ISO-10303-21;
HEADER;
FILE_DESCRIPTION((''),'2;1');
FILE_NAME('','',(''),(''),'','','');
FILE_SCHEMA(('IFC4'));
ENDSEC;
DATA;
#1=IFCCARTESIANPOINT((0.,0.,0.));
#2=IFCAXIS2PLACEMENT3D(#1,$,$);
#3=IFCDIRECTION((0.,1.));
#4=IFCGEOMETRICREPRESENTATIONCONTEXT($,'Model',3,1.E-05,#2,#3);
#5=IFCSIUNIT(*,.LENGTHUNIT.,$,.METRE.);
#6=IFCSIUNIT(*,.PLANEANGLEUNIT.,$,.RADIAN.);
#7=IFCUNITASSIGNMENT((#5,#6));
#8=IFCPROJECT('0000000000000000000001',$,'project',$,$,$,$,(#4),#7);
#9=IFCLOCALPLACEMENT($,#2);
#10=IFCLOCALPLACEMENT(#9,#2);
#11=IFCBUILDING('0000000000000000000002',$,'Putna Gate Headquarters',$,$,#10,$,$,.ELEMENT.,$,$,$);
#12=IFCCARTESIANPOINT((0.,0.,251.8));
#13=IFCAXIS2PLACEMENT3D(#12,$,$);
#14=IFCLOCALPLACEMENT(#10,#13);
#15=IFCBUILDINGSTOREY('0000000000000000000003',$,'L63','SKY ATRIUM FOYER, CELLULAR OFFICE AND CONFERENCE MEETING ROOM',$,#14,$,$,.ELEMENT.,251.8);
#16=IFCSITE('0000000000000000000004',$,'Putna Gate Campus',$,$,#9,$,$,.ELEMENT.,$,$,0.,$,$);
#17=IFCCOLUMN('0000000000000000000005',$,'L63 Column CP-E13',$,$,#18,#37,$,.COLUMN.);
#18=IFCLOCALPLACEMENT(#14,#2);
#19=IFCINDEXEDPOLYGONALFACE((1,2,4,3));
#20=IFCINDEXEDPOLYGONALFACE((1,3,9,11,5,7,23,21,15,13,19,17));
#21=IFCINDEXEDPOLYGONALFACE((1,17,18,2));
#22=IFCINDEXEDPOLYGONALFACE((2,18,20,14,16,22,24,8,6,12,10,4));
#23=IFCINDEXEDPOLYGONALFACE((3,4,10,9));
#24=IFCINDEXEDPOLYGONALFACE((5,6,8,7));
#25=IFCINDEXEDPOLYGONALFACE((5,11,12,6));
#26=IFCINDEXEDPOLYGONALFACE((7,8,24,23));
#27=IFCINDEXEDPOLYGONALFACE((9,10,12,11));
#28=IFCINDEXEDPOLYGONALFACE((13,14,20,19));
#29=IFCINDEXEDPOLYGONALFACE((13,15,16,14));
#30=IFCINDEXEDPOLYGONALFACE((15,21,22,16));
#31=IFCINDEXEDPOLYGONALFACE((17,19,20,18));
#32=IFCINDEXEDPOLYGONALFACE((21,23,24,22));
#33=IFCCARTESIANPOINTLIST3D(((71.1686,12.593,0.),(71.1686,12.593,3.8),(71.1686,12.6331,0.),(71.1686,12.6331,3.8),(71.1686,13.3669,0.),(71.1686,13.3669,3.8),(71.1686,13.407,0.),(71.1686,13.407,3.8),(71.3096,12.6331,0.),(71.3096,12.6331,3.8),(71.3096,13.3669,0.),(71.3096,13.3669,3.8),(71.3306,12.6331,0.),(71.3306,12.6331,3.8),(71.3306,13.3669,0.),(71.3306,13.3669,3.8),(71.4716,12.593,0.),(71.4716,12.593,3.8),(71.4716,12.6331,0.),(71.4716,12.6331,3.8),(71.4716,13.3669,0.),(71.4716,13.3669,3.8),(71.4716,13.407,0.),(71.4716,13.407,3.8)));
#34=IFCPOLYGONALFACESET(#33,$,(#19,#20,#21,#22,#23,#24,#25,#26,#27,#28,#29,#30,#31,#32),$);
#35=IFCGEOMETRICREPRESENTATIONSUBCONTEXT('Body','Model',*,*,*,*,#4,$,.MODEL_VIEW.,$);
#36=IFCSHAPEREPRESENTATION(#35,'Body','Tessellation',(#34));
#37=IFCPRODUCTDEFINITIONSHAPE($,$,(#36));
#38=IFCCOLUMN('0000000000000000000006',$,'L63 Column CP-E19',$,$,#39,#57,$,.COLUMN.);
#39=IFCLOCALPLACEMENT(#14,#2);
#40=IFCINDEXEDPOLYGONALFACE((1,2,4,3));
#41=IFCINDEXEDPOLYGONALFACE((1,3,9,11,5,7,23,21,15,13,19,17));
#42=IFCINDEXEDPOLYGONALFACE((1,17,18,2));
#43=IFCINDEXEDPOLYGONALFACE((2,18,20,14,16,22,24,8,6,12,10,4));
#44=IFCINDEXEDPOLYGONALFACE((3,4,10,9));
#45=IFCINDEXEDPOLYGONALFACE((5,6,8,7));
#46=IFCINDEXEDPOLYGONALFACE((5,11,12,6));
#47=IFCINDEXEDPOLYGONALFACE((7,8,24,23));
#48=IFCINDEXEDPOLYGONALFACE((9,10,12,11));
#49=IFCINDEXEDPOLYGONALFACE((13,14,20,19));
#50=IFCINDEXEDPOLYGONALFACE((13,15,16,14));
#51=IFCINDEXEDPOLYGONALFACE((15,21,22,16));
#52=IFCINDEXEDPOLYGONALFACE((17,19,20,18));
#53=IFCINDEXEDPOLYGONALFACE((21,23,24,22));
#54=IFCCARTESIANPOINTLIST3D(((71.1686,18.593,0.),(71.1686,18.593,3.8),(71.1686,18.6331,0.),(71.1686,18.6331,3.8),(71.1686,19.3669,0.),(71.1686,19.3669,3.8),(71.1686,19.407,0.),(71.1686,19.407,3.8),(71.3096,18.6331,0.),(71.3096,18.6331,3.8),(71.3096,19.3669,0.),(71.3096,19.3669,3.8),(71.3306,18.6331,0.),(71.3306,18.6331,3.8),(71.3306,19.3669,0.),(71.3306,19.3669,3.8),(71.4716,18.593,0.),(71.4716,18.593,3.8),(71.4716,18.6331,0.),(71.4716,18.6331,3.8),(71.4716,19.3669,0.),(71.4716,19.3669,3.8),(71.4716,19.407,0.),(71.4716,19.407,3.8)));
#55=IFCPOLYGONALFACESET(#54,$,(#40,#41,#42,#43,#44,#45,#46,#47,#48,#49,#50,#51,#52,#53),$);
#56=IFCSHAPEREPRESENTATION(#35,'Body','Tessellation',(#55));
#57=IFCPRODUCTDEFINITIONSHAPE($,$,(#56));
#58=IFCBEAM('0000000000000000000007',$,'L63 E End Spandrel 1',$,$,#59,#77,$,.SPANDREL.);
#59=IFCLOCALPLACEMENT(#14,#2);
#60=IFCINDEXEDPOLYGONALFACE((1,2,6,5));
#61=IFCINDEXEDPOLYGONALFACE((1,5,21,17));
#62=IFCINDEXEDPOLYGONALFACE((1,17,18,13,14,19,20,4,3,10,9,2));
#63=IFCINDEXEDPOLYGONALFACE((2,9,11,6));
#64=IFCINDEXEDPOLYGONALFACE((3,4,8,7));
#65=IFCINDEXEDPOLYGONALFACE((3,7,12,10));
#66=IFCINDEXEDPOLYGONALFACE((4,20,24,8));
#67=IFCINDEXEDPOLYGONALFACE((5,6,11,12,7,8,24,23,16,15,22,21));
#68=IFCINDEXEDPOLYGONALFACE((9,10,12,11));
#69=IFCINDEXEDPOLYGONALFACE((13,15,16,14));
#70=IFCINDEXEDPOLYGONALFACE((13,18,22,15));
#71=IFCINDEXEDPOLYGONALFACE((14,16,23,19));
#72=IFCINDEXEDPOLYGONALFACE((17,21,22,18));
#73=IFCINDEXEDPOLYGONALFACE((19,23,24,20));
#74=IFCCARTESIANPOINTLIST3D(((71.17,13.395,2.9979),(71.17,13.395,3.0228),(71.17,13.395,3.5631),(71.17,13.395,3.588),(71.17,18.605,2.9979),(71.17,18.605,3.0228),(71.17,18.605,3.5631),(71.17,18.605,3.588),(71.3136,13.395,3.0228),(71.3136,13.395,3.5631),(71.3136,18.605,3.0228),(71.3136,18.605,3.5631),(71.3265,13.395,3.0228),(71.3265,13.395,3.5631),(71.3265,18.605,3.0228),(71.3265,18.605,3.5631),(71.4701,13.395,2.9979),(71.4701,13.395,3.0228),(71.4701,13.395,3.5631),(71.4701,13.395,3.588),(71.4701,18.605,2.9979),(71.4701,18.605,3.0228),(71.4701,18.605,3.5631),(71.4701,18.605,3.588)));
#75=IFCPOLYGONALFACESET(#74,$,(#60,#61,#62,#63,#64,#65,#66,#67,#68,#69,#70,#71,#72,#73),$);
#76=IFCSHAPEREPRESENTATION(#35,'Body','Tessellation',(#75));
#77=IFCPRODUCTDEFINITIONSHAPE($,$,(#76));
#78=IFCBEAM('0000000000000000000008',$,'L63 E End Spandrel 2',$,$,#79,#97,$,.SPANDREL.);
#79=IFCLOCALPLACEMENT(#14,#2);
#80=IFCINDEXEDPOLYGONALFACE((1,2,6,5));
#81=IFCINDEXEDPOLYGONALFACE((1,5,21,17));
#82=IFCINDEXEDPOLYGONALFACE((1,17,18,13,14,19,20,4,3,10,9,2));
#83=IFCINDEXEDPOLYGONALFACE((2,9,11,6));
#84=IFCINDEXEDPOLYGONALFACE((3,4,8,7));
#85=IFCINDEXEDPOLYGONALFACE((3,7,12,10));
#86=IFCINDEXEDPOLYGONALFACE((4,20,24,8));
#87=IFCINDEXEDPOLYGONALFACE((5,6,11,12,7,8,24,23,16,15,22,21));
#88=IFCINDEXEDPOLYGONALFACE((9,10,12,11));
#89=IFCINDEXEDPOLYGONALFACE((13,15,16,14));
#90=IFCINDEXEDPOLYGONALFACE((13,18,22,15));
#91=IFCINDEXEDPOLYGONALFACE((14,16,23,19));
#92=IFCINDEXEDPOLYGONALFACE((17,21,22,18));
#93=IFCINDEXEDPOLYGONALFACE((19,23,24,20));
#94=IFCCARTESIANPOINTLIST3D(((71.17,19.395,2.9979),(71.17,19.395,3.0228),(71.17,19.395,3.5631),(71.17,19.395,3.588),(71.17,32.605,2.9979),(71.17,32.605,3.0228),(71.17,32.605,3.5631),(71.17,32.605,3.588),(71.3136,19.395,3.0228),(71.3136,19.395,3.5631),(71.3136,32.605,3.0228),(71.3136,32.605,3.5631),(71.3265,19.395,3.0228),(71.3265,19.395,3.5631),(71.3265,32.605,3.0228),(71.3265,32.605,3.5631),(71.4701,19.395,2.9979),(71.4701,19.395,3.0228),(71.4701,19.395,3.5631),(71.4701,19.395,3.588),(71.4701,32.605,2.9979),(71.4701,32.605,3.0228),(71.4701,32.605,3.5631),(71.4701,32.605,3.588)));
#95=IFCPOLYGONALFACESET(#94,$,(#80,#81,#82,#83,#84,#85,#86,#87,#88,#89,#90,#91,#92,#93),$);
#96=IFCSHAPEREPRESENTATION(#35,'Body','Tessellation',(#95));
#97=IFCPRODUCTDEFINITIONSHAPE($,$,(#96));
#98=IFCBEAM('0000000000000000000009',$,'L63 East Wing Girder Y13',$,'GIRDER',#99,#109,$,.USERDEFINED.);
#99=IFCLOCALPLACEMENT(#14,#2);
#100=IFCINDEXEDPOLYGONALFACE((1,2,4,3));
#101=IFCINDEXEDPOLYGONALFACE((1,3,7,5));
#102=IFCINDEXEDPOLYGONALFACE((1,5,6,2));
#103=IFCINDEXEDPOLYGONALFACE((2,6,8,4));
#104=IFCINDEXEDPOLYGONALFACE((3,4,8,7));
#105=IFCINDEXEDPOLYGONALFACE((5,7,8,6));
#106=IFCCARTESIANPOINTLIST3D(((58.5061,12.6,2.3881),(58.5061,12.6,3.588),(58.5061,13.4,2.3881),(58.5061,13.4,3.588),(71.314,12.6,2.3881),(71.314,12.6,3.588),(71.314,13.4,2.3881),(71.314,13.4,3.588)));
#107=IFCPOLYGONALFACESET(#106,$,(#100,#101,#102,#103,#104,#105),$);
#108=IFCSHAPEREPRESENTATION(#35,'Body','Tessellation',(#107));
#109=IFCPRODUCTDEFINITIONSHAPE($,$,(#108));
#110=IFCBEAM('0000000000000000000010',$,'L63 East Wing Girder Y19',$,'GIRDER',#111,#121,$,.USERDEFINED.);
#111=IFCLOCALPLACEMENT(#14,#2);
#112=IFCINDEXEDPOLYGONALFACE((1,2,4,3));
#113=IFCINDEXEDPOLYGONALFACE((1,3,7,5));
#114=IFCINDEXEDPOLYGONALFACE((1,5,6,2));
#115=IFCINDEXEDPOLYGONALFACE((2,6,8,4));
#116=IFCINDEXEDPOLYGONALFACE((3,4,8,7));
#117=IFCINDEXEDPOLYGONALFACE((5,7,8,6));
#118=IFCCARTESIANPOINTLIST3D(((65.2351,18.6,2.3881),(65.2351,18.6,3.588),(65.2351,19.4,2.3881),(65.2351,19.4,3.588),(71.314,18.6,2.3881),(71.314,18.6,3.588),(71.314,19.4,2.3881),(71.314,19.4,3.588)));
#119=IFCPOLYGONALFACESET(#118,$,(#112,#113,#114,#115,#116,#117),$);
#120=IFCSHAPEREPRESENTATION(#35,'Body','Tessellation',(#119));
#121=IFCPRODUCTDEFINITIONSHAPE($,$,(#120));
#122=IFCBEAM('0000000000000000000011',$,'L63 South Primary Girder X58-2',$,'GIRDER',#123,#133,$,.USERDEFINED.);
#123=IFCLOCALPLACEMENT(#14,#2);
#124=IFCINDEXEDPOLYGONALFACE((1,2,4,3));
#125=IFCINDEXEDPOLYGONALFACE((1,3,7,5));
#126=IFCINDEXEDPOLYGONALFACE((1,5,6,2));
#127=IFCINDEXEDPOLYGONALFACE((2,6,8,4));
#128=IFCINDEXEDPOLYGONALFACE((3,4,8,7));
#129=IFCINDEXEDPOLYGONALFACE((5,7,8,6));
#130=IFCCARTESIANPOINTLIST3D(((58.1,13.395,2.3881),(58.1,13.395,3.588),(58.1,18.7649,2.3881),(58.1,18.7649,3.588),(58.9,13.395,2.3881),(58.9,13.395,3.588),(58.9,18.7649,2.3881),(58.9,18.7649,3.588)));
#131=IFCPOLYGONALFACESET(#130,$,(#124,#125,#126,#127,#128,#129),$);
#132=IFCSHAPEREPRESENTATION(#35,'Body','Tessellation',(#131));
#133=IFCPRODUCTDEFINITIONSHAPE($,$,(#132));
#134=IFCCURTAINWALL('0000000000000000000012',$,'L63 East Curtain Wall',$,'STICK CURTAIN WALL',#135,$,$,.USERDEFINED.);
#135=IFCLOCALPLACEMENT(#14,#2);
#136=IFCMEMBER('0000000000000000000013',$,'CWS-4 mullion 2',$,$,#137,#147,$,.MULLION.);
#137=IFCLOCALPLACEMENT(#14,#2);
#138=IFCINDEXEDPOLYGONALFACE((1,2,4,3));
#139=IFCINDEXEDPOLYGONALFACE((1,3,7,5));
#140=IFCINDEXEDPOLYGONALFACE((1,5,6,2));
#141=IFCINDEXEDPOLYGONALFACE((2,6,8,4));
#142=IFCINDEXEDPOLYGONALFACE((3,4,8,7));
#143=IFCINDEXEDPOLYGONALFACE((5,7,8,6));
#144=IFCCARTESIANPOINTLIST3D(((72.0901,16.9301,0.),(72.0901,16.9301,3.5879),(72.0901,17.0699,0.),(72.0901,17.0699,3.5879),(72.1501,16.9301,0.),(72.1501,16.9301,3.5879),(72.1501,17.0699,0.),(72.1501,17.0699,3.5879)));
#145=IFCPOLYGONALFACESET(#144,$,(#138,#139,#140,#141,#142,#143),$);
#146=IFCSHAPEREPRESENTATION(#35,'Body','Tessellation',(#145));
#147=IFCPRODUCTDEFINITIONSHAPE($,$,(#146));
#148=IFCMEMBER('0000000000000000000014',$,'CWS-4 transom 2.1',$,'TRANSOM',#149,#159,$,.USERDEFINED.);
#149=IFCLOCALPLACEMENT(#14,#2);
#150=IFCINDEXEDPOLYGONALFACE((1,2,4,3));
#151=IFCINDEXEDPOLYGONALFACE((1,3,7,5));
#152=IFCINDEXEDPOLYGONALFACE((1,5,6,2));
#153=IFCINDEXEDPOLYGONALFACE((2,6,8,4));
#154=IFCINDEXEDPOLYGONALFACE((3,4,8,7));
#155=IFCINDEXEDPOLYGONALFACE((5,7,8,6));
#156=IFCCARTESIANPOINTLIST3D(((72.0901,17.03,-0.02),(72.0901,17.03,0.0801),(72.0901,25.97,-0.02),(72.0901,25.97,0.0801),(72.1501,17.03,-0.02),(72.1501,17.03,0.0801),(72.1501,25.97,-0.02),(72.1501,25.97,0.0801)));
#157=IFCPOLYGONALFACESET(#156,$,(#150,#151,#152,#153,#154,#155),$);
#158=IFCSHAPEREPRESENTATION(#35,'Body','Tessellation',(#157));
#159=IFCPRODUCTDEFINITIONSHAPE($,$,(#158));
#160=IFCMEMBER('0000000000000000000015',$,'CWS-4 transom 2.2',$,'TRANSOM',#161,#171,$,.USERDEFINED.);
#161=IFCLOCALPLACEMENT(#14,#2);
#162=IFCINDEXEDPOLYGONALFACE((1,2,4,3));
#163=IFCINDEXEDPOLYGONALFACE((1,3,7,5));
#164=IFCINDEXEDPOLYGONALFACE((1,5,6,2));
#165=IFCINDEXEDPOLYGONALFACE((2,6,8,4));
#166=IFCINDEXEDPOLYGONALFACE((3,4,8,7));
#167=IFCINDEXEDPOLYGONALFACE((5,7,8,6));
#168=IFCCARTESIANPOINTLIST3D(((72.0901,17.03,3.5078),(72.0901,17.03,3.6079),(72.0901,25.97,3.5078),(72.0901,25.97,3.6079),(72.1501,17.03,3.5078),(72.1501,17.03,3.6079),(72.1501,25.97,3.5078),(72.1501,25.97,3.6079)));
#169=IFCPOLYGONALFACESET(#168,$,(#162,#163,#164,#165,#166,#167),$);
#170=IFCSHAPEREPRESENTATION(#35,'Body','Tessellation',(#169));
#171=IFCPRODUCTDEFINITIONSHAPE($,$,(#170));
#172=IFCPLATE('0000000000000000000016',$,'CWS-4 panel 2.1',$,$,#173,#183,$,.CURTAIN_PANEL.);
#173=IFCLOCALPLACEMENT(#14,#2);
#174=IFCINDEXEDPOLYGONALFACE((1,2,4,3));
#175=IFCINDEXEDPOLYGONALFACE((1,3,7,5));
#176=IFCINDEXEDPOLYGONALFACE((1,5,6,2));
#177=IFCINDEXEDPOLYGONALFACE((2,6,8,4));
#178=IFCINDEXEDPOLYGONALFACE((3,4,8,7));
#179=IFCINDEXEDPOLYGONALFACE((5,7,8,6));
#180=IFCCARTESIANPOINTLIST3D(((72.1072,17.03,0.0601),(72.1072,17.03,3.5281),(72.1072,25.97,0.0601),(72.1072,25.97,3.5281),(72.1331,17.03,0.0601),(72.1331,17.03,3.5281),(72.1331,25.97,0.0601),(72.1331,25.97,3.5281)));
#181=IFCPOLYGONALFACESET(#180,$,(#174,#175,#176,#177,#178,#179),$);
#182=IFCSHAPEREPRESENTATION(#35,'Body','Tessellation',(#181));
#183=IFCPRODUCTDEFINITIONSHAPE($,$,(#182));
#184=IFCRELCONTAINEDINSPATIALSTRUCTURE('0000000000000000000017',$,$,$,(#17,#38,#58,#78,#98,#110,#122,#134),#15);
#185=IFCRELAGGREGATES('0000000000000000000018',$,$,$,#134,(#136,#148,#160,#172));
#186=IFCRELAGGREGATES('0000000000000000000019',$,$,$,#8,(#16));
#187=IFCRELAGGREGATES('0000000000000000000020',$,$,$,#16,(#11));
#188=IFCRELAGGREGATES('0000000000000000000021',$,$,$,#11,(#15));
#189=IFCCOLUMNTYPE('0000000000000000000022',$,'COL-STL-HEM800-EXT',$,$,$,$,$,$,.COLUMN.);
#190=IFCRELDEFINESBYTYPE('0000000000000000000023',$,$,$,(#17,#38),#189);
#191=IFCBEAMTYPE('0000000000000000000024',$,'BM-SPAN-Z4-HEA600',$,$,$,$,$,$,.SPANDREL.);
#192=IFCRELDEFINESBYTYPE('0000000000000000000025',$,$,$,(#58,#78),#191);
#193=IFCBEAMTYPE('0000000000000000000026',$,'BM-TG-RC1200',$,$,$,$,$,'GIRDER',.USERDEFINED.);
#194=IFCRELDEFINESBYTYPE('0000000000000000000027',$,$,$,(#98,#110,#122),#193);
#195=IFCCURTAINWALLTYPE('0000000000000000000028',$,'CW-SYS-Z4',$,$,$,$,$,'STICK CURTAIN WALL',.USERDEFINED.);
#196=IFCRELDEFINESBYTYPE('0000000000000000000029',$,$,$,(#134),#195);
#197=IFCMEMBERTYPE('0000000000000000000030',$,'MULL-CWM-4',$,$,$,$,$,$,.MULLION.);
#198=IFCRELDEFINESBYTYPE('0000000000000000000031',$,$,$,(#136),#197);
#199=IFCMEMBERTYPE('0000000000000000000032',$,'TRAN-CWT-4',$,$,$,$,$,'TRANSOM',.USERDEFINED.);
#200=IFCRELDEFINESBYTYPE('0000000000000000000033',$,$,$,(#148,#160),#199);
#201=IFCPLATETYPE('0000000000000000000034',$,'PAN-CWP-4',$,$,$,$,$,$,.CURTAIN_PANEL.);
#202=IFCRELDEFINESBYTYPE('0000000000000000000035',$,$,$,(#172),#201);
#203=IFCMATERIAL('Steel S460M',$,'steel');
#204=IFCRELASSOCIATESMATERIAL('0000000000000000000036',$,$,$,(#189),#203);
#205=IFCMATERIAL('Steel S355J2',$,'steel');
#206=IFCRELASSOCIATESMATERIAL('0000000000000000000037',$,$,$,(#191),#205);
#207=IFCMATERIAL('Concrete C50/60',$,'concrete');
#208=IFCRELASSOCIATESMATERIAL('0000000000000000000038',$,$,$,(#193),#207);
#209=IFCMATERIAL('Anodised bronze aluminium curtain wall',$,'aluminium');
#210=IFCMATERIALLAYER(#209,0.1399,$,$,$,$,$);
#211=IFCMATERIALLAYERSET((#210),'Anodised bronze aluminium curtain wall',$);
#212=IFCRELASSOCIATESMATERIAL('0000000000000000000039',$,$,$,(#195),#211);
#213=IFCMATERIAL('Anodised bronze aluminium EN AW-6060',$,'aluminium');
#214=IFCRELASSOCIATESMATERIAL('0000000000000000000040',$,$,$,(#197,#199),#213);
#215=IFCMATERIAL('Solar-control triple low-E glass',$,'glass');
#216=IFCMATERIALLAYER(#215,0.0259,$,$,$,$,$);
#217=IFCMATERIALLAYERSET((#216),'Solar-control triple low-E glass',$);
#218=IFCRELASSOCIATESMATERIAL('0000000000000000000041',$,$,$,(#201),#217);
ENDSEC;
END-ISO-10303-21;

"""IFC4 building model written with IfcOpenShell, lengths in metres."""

from ifc_helpers import new_model, si_unit, direction, frame, origin, origin_2d, place, context, subcontext, project, spatial, rectangle, i_section, extrude, material, layer, layer_set, material_profile, profile_set, type_object, element, aggregate, save


model = new_model("IFC4")

# Units and contexts
model_context = context("Model", 3, precision=1e-05, world=origin(), true_north=direction((0.0, 1.0)))
body_context = subcontext(model_context, "Body", "Model", "MODEL_VIEW")
ifc_project = project(units=[si_unit("LENGTHUNIT", "METRE"), si_unit("PLANEANGLEUNIT", "RADIAN")], contexts=[model_context])

# Site, building, storey
site_placement = place(None, origin())
site = spatial("IfcSite", under=ifc_project, at=site_placement, Name="Putna Gate Campus", CompositionType="ELEMENT", RefElevation=0.0)
building_placement = place(site_placement, origin())
building = spatial("IfcBuilding", under=site, at=building_placement, Name="Putna Gate Headquarters", CompositionType="ELEMENT")
storey_placement = place(building_placement, frame((0.0, 0.0, 251.8)))
storey = spatial("IfcBuildingStorey", under=building, at=storey_placement, Name="L63", Description="SKY ATRIUM FOYER, CELLULAR OFFICE AND CONFERENCE MEETING ROOM", CompositionType="ELEMENT", Elevation=251.8)

# Columns
ifc_material_1 = material(Name="Steel S460M", Category="steel")
ifc_material_profile_1 = material_profile(ifc_material_1, i_section(OverallWidth=0.303, OverallDepth=0.814, WebThickness=0.021, FlangeThickness=0.04, at=origin_2d()), Name="Steel S460M")
ifc_profile_set_1 = profile_set([ifc_material_profile_1], Name="Steel S460M")
column_type = type_object("IfcColumnType", Name="COL-STL-HEM800-EXT", PredefinedType="COLUMN", material=ifc_profile_set_1)
for number, where, z_axis, x_axis, name in (
    (1, (71.3201, 13.0, 0.0), (0.0, 0.0, 1.0), (1.0, 0.0, 0.0), "L63 Column CP-E13"),
    (2, (71.3201, 19.0, 0.0), (0.0, 0.0, 1.0), (1.0, 0.0, 0.0), "L63 Column CP-E19"),
):
    element("IfcColumn", number, at=place(storey_placement, frame(where, z_axis=z_axis, x_axis=x_axis)), inside=storey, type_object=column_type, Name=name, PredefinedType="COLUMN", context=body_context, shape_type="SweptSolid", body=[
        extrude(i_section(OverallWidth=0.303, OverallDepth=0.814, WebThickness=0.021, FlangeThickness=0.04, at=origin_2d()), origin(), (0.0, 0.0, 1.0), 3.8),
    ])

# Beams
ifc_material_2 = material(Name="Steel S355J2", Category="steel")
ifc_material_profile_2 = material_profile(ifc_material_2, i_section(OverallWidth=0.3, OverallDepth=0.5901, WebThickness=0.0129, FlangeThickness=0.0249, at=origin_2d()), Name="Steel S355J2")
ifc_profile_set_2 = profile_set([ifc_material_profile_2], Name="Steel S355J2")
beam_type_1 = type_object("IfcBeamType", Name="BM-SPAN-Z4-HEA600", PredefinedType="SPANDREL", material=ifc_profile_set_2)
beam_1_placement = place(storey_placement, frame((71.3201, 13.395, 3.293), z_axis=(0.0, 1.0, 0.0), x_axis=(-1.0, 0.0, 0.0)))
element("IfcBeam", 3, at=beam_1_placement, inside=storey, type_object=beam_type_1, Name="L63 E End Spandrel 1", PredefinedType="SPANDREL", context=body_context, shape_type="SweptSolid", body=[
    extrude(i_section(OverallWidth=0.3, OverallDepth=0.5901, WebThickness=0.0129, FlangeThickness=0.0249, at=origin_2d()), origin(), (0.0, 0.0, 1.0), 5.21),
])
beam_2_placement = place(storey_placement, frame((71.3201, 19.395, 3.293), z_axis=(0.0, 1.0, 0.0), x_axis=(-1.0, 0.0, 0.0)))
element("IfcBeam", 4, at=beam_2_placement, inside=storey, type_object=beam_type_1, Name="L63 E End Spandrel 2", PredefinedType="SPANDREL", context=body_context, shape_type="SweptSolid", body=[
    extrude(i_section(OverallWidth=0.3, OverallDepth=0.5901, WebThickness=0.0129, FlangeThickness=0.0249, at=origin_2d()), origin(), (0.0, 0.0, 1.0), 13.21),
])
ifc_material_3 = material(Name="Concrete C50/60", Category="concrete")
ifc_material_profile_3 = material_profile(ifc_material_3, rectangle(XDim=0.8, YDim=1.2, at=origin_2d()), Name="Concrete C50/60")
ifc_profile_set_3 = profile_set([ifc_material_profile_3], Name="Concrete C50/60")
beam_type_2 = type_object("IfcBeamType", Name="BM-TG-RC1200", ElementType="GIRDER", PredefinedType="USERDEFINED", material=ifc_profile_set_3)
beam_3_placement = place(storey_placement, frame((58.5061, 13.0, 2.988), z_axis=(1.0, 0.0, 0.0), x_axis=(0.0, 1.0, 0.0)))
element("IfcBeam", 5, at=beam_3_placement, inside=storey, type_object=beam_type_2, Name="L63 East Wing Girder Y13", ObjectType="GIRDER", PredefinedType="USERDEFINED", context=body_context, shape_type="SweptSolid", body=[
    extrude(rectangle(XDim=0.8, YDim=1.2, at=origin_2d()), origin(), (0.0, 0.0, 1.0), 12.8079),
])
beam_4_placement = place(storey_placement, frame((65.2351, 19.0, 2.988), z_axis=(1.0, 0.0, 0.0), x_axis=(0.0, 1.0, 0.0)))
element("IfcBeam", 6, at=beam_4_placement, inside=storey, type_object=beam_type_2, Name="L63 East Wing Girder Y19", ObjectType="GIRDER", PredefinedType="USERDEFINED", context=body_context, shape_type="SweptSolid", body=[
    extrude(rectangle(XDim=0.8, YDim=1.2, at=origin_2d()), origin(), (0.0, 0.0, 1.0), 6.0789),
])
beam_5_placement = place(storey_placement, frame((58.5, 13.395, 2.988), z_axis=(0.0, 1.0, 0.0), x_axis=(-1.0, 0.0, 0.0)))
element("IfcBeam", 7, at=beam_5_placement, inside=storey, type_object=beam_type_2, Name="L63 South Primary Girder X58-2", ObjectType="GIRDER", PredefinedType="USERDEFINED", context=body_context, shape_type="SweptSolid", body=[
    extrude(rectangle(XDim=0.8, YDim=1.2, at=origin_2d()), origin(), (0.0, 0.0, 1.0), 5.3699),
])

# Curtain wall, members, plate
ifc_material_4 = material(Name="Anodised bronze aluminium curtain wall", Category="aluminium")
ifc_layer_1 = layer(ifc_material_4, 0.1399)
ifc_layer_set_1 = layer_set([ifc_layer_1], Name="Anodised bronze aluminium curtain wall")
curtain_wall_type = type_object("IfcCurtainWallType", Name="CW-SYS-Z4", ElementType="STICK CURTAIN WALL", PredefinedType="USERDEFINED", material=ifc_layer_set_1)
curtain_wall_placement = place(storey_placement, origin())
curtain_wall = element("IfcCurtainWall", 8, at=curtain_wall_placement, inside=storey, type_object=curtain_wall_type, Name="L63 East Curtain Wall", ObjectType="STICK CURTAIN WALL", PredefinedType="USERDEFINED")
ifc_material_5 = material(Name="Anodised bronze aluminium EN AW-6060", Category="aluminium")
ifc_material_profile_4 = material_profile(ifc_material_5, rectangle(XDim=0.0601, YDim=0.1399, at=origin_2d()), Name="Anodised bronze aluminium EN AW-6060")
ifc_profile_set_4 = profile_set([ifc_material_profile_4], Name="Anodised bronze aluminium EN AW-6060")
member_type_1 = type_object("IfcMemberType", Name="MULL-CWM-4", PredefinedType="MULLION", material=ifc_profile_set_4)
member_1_placement = place(storey_placement, frame((72.1201, 17.0, 0.0), z_axis=(0.0, 0.0, 1.0), x_axis=(-1.0, 0.0, 0.0)))
member_1 = element("IfcMember", 9, at=member_1_placement, type_object=member_type_1, Name="CWS-4 mullion 2", PredefinedType="MULLION", context=body_context, shape_type="SweptSolid", body=[
    extrude(rectangle(XDim=0.0601, YDim=0.1399, at=origin_2d()), origin(), (0.0, 0.0, 1.0), 3.5879),
])
ifc_material_profile_5 = material_profile(ifc_material_5, rectangle(XDim=0.0601, YDim=0.1001, at=origin_2d()), Name="Anodised bronze aluminium EN AW-6060")
ifc_profile_set_5 = profile_set([ifc_material_profile_5], Name="Anodised bronze aluminium EN AW-6060")
member_type_2 = type_object("IfcMemberType", Name="TRAN-CWT-4", ElementType="TRANSOM", PredefinedType="USERDEFINED", material=ifc_profile_set_5)
member_2_placement = place(storey_placement, frame((72.1201, 17.03, 0.03), z_axis=(0.0, 1.0, 0.0), x_axis=(-1.0, 0.0, 0.0)))
member_2 = element("IfcMember", 10, at=member_2_placement, type_object=member_type_2, Name="CWS-4 transom 2.1", ObjectType="TRANSOM", PredefinedType="USERDEFINED", context=body_context, shape_type="SweptSolid", body=[
    extrude(rectangle(XDim=0.0601, YDim=0.1001, at=origin_2d()), origin(), (0.0, 0.0, 1.0), 8.9399),
])
member_3_placement = place(storey_placement, frame((72.1201, 17.03, 3.5579), z_axis=(0.0, 1.0, 0.0), x_axis=(-1.0, 0.0, 0.0)))
member_3 = element("IfcMember", 11, at=member_3_placement, type_object=member_type_2, Name="CWS-4 transom 2.2", ObjectType="TRANSOM", PredefinedType="USERDEFINED", context=body_context, shape_type="SweptSolid", body=[
    extrude(rectangle(XDim=0.0601, YDim=0.1001, at=origin_2d()), origin(), (0.0, 0.0, 1.0), 8.9399),
])
ifc_material_6 = material(Name="Solar-control triple low-E glass", Category="glass")
ifc_layer_2 = layer(ifc_material_6, 0.0259)
ifc_layer_set_2 = layer_set([ifc_layer_2], Name="Solar-control triple low-E glass")
plate_type = type_object("IfcPlateType", Name="PAN-CWP-4", PredefinedType="CURTAIN_PANEL", material=ifc_layer_set_2)
plate_placement = place(storey_placement, frame((72.1201, 21.5, 0.0601), z_axis=(0.0, 0.0, 1.0), x_axis=(0.0, 1.0, 0.0)))
plate = element("IfcPlate", 12, at=plate_placement, type_object=plate_type, Name="CWS-4 panel 2.1", PredefinedType="CURTAIN_PANEL", context=body_context, shape_type="SweptSolid", body=[
    extrude(rectangle(XDim=8.9399, YDim=0.0259, at=origin_2d()), origin(), (0.0, 0.0, 1.0), 3.468),
])
aggregate(curtain_wall, [member_1, member_2, member_3, plate])

save(model, "model.ifc")
